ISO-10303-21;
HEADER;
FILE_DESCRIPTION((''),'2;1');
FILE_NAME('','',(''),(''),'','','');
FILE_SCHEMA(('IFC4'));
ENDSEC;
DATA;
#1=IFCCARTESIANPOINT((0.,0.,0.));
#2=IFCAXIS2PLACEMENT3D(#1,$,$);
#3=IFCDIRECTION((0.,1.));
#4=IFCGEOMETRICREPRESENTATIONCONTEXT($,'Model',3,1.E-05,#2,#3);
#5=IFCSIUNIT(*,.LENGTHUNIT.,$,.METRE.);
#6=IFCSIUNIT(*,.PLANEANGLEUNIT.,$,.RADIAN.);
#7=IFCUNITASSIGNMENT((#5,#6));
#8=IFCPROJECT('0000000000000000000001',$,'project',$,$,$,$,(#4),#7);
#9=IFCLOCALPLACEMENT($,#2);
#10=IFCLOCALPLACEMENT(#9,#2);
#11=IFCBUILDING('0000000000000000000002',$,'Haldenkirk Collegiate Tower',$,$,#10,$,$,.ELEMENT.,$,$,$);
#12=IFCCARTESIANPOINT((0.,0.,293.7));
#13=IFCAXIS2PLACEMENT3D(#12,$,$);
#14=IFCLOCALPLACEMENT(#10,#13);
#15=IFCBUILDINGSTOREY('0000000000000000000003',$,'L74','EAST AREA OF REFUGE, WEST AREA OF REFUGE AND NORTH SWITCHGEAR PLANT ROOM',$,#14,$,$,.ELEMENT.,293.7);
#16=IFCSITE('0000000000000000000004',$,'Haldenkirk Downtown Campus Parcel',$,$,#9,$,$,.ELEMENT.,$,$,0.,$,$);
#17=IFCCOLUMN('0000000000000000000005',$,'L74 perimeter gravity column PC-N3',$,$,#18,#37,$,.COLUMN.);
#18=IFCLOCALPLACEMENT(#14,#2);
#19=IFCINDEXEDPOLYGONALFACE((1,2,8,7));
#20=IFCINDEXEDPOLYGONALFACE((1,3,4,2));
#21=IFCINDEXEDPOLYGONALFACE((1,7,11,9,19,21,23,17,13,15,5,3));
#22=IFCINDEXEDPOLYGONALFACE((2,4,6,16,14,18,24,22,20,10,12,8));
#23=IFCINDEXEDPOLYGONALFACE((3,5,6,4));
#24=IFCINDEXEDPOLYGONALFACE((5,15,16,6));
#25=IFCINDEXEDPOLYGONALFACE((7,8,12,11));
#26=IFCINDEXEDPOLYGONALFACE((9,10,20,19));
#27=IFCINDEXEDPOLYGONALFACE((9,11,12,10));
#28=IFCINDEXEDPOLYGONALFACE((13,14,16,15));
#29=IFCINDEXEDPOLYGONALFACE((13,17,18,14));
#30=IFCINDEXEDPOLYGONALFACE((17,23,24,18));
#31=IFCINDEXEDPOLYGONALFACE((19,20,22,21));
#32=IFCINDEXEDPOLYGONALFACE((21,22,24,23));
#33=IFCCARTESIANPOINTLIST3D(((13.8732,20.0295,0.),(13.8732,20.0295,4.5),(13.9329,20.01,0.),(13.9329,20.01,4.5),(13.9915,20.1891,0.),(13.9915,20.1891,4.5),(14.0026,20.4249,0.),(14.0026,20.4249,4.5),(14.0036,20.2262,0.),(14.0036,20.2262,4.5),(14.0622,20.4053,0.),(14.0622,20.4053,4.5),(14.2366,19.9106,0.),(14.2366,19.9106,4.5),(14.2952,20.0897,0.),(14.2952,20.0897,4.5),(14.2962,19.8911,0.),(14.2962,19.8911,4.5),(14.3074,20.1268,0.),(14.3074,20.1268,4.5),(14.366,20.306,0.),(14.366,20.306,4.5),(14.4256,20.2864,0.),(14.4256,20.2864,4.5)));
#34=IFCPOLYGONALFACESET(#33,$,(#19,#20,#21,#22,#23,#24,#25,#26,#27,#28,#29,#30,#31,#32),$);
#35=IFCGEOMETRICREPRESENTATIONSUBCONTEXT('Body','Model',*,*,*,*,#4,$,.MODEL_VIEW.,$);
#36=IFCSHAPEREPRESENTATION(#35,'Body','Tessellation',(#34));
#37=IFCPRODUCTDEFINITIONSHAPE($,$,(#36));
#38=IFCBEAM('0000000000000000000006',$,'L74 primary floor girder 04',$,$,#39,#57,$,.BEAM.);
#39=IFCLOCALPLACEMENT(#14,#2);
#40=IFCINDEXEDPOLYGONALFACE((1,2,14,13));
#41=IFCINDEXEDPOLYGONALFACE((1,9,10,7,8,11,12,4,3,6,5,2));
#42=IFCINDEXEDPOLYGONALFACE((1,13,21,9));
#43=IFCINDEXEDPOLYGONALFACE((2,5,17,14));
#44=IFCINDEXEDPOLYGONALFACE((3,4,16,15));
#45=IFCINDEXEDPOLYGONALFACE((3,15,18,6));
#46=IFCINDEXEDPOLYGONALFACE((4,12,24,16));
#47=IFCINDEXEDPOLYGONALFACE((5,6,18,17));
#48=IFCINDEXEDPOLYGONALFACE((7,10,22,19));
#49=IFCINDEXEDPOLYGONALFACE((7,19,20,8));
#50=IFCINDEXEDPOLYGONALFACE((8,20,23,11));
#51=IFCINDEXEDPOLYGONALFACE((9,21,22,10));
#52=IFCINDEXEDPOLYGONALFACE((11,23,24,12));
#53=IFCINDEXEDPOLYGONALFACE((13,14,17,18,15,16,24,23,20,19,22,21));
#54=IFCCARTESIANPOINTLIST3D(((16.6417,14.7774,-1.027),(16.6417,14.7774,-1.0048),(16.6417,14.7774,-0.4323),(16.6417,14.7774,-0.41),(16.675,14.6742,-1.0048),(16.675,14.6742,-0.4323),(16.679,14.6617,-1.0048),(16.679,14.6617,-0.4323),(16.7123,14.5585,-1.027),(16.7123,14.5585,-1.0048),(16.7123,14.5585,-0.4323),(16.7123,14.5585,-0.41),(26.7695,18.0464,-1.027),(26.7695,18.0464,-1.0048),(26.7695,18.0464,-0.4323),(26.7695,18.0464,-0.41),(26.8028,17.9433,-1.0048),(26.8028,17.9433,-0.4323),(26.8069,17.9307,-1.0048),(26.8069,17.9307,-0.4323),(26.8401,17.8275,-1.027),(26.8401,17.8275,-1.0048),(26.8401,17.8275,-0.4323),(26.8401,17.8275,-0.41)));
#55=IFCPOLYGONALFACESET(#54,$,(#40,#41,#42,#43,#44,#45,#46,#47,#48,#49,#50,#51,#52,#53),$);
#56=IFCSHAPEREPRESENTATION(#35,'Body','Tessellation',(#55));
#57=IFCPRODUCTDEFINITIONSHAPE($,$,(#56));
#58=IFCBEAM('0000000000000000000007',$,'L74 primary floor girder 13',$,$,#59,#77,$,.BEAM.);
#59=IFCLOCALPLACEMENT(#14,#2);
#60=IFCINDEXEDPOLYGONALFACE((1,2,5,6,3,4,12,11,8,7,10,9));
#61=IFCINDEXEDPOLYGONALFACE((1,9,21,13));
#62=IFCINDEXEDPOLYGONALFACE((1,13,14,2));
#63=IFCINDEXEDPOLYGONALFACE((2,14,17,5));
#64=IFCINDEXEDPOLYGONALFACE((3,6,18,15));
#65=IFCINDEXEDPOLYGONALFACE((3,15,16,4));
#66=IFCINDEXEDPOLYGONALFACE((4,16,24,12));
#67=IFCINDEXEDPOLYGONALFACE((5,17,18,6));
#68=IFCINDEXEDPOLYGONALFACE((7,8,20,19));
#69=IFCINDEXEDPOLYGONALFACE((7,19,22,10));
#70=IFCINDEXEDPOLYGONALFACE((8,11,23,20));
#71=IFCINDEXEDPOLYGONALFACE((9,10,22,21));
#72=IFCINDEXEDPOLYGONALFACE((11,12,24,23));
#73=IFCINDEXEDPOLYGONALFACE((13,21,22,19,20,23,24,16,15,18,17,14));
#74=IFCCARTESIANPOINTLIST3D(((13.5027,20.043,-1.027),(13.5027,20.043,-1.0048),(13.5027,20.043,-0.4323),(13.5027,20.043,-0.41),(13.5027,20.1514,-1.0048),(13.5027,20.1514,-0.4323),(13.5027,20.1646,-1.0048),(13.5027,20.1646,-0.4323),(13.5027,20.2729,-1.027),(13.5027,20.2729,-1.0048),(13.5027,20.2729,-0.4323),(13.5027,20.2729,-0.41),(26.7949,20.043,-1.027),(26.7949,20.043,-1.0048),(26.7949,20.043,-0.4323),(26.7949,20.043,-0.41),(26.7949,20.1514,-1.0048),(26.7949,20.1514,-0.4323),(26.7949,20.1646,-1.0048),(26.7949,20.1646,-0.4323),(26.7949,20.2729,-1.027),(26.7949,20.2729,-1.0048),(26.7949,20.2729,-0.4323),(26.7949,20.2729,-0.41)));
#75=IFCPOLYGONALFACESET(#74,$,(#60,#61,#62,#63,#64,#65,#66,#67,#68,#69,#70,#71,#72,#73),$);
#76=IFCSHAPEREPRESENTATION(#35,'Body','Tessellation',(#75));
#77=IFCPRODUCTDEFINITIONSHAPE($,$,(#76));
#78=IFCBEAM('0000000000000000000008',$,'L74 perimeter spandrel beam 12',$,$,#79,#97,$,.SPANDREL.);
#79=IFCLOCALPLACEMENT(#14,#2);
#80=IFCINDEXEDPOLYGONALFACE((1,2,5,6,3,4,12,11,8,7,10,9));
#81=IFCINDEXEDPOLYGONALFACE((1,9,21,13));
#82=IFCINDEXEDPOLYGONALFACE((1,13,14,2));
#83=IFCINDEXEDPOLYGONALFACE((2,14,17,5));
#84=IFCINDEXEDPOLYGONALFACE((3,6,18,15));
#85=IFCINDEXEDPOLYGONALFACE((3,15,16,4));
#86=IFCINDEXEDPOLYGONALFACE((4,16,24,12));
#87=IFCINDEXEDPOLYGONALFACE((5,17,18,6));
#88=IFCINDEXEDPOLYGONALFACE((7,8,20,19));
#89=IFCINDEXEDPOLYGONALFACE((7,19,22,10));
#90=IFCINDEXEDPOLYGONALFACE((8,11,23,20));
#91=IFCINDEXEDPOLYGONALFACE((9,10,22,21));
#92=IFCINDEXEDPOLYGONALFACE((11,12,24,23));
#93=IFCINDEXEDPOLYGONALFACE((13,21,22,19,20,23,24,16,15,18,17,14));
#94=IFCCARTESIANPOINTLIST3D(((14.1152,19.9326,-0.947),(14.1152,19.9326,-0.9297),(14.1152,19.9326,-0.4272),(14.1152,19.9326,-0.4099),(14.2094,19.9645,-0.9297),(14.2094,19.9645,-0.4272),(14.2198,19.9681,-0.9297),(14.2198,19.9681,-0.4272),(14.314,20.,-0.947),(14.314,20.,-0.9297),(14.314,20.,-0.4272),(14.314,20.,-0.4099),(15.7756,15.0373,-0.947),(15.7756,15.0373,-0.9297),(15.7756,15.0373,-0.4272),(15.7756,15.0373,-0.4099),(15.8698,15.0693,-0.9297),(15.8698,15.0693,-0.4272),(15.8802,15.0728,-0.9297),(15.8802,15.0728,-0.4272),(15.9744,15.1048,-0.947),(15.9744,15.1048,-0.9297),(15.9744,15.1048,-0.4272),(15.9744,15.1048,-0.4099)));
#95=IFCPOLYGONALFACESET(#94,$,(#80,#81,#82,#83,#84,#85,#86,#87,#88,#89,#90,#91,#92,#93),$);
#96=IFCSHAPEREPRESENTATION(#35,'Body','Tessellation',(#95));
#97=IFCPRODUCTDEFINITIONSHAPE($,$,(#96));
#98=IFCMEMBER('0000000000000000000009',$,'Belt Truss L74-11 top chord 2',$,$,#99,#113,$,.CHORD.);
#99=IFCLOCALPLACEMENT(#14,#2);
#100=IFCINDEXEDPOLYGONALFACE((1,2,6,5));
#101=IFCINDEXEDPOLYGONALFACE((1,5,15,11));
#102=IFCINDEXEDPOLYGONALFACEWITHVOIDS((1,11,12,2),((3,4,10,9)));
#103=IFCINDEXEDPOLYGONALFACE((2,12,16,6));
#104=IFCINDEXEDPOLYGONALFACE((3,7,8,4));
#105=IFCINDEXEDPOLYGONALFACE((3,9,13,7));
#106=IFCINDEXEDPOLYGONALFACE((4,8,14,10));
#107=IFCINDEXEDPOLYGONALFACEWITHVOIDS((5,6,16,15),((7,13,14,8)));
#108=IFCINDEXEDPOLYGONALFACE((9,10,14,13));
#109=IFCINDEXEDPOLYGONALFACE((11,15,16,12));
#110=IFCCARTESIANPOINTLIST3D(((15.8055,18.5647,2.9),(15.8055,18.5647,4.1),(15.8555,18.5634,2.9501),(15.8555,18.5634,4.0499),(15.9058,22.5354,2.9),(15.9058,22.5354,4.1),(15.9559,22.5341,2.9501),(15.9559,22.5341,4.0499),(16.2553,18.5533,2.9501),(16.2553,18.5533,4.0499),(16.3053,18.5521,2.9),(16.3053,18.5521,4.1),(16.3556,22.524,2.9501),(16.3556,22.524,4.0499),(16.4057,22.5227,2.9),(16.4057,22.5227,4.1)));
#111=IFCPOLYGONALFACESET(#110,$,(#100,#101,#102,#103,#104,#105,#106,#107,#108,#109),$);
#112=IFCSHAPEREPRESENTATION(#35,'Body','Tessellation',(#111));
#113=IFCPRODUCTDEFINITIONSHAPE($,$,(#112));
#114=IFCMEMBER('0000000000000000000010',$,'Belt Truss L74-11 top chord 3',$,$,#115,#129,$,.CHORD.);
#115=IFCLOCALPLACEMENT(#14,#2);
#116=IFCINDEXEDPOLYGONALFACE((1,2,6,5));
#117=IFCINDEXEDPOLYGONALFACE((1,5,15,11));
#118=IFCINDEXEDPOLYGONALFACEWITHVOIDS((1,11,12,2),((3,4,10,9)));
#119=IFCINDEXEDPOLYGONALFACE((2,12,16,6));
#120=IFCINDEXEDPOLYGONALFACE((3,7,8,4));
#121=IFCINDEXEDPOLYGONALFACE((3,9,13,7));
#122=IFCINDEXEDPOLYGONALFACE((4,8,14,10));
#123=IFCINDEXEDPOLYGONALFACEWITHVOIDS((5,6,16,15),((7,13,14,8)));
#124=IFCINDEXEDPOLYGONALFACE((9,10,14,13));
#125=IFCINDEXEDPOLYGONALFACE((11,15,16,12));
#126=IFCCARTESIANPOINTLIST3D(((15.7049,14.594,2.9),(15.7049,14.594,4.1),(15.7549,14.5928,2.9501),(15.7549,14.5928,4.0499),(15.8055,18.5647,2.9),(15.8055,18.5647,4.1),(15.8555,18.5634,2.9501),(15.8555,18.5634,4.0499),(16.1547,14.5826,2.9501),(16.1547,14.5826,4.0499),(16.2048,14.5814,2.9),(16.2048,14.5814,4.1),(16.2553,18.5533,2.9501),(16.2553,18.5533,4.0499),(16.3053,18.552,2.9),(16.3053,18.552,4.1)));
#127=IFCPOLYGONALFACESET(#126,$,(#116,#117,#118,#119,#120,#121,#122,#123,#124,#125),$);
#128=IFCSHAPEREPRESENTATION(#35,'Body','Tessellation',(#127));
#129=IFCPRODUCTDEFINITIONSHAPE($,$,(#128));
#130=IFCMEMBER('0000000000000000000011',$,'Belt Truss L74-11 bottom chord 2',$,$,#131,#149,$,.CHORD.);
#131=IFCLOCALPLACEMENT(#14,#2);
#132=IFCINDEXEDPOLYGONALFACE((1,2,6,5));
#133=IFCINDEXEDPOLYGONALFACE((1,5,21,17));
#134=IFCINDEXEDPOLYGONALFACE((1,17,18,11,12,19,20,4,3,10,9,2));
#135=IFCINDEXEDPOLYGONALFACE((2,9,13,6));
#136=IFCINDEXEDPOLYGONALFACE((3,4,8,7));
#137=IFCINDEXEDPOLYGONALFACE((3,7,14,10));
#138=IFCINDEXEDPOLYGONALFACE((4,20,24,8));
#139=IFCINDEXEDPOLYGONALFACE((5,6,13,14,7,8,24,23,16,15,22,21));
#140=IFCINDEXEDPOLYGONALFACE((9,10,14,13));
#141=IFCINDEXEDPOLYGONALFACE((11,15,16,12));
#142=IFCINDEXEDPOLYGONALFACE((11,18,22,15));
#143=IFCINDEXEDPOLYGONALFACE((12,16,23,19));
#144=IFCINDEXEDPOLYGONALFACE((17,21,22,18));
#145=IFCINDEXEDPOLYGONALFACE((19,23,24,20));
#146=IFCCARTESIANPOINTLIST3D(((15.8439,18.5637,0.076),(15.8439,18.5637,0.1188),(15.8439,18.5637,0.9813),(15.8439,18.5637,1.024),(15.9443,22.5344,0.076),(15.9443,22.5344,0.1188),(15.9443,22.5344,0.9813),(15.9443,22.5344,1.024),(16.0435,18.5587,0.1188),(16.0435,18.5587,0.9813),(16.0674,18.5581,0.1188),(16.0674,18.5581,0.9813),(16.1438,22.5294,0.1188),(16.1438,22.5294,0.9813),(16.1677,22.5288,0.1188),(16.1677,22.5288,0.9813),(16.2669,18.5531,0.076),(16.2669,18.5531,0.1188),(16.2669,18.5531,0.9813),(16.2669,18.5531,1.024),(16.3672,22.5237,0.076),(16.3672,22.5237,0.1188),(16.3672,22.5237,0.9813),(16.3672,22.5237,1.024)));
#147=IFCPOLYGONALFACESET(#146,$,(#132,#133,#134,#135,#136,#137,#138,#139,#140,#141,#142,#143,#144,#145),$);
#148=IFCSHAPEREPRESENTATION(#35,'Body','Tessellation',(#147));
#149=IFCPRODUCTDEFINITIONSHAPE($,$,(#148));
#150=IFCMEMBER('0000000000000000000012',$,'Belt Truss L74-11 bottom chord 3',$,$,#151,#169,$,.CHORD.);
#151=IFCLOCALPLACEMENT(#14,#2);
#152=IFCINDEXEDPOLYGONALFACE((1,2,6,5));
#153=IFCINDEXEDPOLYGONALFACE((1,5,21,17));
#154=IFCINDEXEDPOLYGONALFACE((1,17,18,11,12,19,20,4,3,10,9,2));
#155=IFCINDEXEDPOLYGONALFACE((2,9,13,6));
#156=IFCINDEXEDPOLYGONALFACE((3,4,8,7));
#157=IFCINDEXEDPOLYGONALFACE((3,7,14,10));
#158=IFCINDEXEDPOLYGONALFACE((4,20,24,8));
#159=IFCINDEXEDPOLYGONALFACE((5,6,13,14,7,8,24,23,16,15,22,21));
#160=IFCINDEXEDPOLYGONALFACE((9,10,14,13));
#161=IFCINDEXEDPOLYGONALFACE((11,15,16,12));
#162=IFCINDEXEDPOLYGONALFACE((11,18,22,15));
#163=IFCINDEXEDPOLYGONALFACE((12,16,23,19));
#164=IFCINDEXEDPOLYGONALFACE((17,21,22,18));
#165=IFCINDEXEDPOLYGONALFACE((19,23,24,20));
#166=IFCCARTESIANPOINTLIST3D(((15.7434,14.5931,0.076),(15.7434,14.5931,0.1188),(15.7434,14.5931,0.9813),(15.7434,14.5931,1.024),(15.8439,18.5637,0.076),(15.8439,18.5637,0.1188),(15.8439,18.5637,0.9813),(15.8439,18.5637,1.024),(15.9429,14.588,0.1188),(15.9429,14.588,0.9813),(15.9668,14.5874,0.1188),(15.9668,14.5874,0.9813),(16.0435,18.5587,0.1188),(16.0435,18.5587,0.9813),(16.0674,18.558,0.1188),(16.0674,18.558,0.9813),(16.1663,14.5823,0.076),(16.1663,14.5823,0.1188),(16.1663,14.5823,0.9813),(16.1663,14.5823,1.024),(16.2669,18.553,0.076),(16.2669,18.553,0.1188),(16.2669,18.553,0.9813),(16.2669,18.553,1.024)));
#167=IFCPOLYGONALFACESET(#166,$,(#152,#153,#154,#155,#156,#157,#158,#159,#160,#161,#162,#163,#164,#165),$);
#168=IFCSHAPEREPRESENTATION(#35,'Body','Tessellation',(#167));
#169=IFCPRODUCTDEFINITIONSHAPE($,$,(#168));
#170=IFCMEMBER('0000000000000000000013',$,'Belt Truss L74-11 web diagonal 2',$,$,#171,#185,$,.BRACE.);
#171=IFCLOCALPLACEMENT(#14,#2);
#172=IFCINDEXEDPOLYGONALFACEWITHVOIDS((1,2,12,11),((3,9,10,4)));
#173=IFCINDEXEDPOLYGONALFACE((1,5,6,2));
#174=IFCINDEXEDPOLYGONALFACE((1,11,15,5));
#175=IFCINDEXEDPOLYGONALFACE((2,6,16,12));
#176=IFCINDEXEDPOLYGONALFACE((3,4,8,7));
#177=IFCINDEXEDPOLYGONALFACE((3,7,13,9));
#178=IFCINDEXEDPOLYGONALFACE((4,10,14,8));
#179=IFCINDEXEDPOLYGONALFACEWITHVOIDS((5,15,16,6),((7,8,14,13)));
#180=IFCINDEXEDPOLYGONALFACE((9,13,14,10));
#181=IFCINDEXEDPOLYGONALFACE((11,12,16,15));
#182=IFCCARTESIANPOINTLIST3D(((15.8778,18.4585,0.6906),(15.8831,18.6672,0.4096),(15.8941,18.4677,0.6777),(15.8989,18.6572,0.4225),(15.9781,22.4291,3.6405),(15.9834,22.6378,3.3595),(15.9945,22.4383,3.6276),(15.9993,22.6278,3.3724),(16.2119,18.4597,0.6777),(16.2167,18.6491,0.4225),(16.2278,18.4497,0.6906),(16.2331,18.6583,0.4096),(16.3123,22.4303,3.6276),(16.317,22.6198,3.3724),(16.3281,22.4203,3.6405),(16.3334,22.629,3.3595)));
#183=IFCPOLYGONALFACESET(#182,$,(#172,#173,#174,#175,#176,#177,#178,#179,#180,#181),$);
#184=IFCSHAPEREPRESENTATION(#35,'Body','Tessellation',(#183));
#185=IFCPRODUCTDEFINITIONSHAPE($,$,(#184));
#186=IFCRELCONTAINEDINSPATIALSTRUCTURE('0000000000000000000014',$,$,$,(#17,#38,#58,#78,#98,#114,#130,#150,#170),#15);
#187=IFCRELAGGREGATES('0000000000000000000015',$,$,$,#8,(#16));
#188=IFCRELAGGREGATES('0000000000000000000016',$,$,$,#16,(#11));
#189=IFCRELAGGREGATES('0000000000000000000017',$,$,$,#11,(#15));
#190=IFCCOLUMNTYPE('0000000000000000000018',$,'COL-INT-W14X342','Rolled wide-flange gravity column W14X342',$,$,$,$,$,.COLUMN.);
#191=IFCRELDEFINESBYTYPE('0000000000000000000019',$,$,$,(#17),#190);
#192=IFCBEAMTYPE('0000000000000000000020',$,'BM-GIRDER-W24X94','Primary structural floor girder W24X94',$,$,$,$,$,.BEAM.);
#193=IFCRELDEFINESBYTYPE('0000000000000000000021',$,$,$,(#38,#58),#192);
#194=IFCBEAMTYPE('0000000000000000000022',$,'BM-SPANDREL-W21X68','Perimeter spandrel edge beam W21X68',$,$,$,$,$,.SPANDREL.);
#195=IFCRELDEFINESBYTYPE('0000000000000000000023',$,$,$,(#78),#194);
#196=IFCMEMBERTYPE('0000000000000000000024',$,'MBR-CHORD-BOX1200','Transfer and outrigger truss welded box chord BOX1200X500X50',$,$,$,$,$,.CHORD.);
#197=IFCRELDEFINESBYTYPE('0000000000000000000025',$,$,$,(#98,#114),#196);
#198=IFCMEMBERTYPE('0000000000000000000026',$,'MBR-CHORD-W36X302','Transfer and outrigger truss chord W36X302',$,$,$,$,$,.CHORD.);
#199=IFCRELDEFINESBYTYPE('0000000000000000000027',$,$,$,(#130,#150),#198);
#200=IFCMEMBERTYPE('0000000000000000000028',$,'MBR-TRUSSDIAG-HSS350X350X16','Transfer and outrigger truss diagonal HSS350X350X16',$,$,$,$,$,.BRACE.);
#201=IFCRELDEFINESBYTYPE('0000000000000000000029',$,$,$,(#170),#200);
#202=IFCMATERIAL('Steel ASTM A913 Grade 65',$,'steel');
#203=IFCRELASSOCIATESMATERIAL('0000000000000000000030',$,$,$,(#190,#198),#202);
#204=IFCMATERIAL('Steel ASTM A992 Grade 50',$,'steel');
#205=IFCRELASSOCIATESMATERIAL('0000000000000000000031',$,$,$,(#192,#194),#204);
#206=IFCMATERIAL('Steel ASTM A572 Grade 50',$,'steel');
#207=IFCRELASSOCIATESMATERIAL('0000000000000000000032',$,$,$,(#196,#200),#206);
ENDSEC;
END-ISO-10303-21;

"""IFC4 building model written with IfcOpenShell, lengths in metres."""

from ifc_helpers import new_model, si_unit, direction, frame, origin, origin_2d, place, context, subcontext, project, spatial, hollow_rectangle, i_section, extrude, material, material_profile, profile_set, type_object, element, save


model = new_model("IFC4")

# Units and contexts
model_context = context("Model", 3, precision=1e-05, world=origin(), true_north=direction((0.0, 1.0)))
body_context = subcontext(model_context, "Body", "Model", "MODEL_VIEW")
ifc_project = project(units=[si_unit("LENGTHUNIT", "METRE"), si_unit("PLANEANGLEUNIT", "RADIAN")], contexts=[model_context])

# Site, building, storey
site_placement = place(None, origin())
site = spatial("IfcSite", under=ifc_project, at=site_placement, Name="Haldenkirk Downtown Campus Parcel", CompositionType="ELEMENT", RefElevation=0.0)
building_placement = place(site_placement, origin())
building = spatial("IfcBuilding", under=site, at=building_placement, Name="Haldenkirk Collegiate Tower", CompositionType="ELEMENT")
storey_placement = place(building_placement, frame((0.0, 0.0, 293.7)))
storey = spatial("IfcBuildingStorey", under=building, at=storey_placement, Name="L74", Description="EAST AREA OF REFUGE, WEST AREA OF REFUGE AND NORTH SWITCHGEAR PLANT ROOM", CompositionType="ELEMENT", Elevation=293.7)

# Column
ifc_material_1 = material(Name="Steel ASTM A913 Grade 65", Category="steel")
ifc_material_profile_1 = material_profile(ifc_material_1, i_section(OverallWidth=0.416, OverallDepth=0.4451, WebThickness=0.0391, FlangeThickness=0.0627, at=origin_2d()), Name="W14X342")
ifc_profile_set_1 = profile_set([ifc_material_profile_1], Name="Steel ASTM A913 Grade 65")
column_type = type_object("IfcColumnType", Name="COL-INT-W14X342", Description="Rolled wide-flange gravity column W14X342", PredefinedType="COLUMN", material=ifc_profile_set_1)
column_placement = place(storey_placement, frame((14.1494, 20.158, 0.0), z_axis=(0.0, 0.0, 1.0), x_axis=(0.311008, 0.950407, 0.0)))
element("IfcColumn", 1, at=column_placement, inside=storey, type_object=column_type, Name="L74 perimeter gravity column PC-N3", PredefinedType="COLUMN", context=body_context, shape_type="SweptSolid", body=[
    extrude(i_section(OverallWidth=0.416, OverallDepth=0.4451, WebThickness=0.0391, FlangeThickness=0.0627, at=origin_2d()), origin(), (0.0, 0.0, 1.0), 4.5),
])

# Beams
ifc_material_2 = material(Name="Steel ASTM A992 Grade 50", Category="steel")
ifc_material_profile_2 = material_profile(ifc_material_2, i_section(OverallWidth=0.23, OverallDepth=0.6169, WebThickness=0.0132, FlangeThickness=0.0222, at=origin_2d()), Name="W24X94")
ifc_profile_set_2 = profile_set([ifc_material_profile_2], Name="Steel ASTM A992 Grade 50")
beam_type_1 = type_object("IfcBeamType", Name="BM-GIRDER-W24X94", Description="Primary structural floor girder W24X94", PredefinedType="BEAM", material=ifc_profile_set_2)
beam_1_placement = place(storey_placement, frame((16.677, 14.668, -0.7185), z_axis=(0.951655, 0.30717, 0.0), x_axis=(-0.30717, 0.951655, 0.0)))
element("IfcBeam", 2, at=beam_1_placement, inside=storey, type_object=beam_type_1, Name="L74 primary floor girder 04", PredefinedType="BEAM", context=body_context, shape_type="SweptSolid", body=[
    extrude(i_section(OverallWidth=0.23, OverallDepth=0.6169, WebThickness=0.0132, FlangeThickness=0.0222, at=origin_2d()), origin(), (0.0, 0.0, 1.0), 10.6423),
])
beam_2_placement = place(storey_placement, frame((13.5027, 20.158, -0.7185), z_axis=(1.0, 0.0, 0.0), x_axis=(0.0, 1.0, 0.0)))
element("IfcBeam", 3, at=beam_2_placement, inside=storey, type_object=beam_type_1, Name="L74 primary floor girder 13", PredefinedType="BEAM", context=body_context, shape_type="SweptSolid", body=[
    extrude(i_section(OverallWidth=0.23, OverallDepth=0.6169, WebThickness=0.0132, FlangeThickness=0.0222, at=origin_2d()), origin(), (0.0, 0.0, 1.0), 13.2922),
])
ifc_material_profile_3 = material_profile(ifc_material_2, i_section(OverallWidth=0.21, OverallDepth=0.5371, WebThickness=0.011, FlangeThickness=0.0173, at=origin_2d()), Name="W21X68")
ifc_profile_set_3 = profile_set([ifc_material_profile_3], Name="Steel ASTM A992 Grade 50")
beam_type_2 = type_object("IfcBeamType", Name="BM-SPANDREL-W21X68", Description="Perimeter spandrel edge beam W21X68", PredefinedType="SPANDREL", material=ifc_profile_set_3)
beam_3_placement = place(storey_placement, frame((14.2146, 19.9663, -0.6785), z_axis=(0.321211, -0.947008, 0.0), x_axis=(0.947008, 0.321211, 0.0)))
element("IfcBeam", 4, at=beam_3_placement, inside=storey, type_object=beam_type_2, Name="L74 perimeter spandrel beam 12", PredefinedType="SPANDREL", context=body_context, shape_type="SweptSolid", body=[
    extrude(i_section(OverallWidth=0.21, OverallDepth=0.5371, WebThickness=0.011, FlangeThickness=0.0173, at=origin_2d()), origin(), (0.0, 0.0, 1.0), 5.1692),
])

# Members
ifc_material_3 = material(Name="Steel ASTM A572 Grade 50", Category="steel")
ifc_material_profile_4 = material_profile(ifc_material_3, hollow_rectangle(XDim=0.5, YDim=1.2, WallThickness=0.05, at=origin_2d()), Name="BOX1200X500X50")
ifc_profile_set_4 = profile_set([ifc_material_profile_4], Name="Steel ASTM A572 Grade 50")
member_type_1 = type_object("IfcMemberType", Name="MBR-CHORD-BOX1200", Description="Transfer and outrigger truss welded box chord BOX1200X500X50", PredefinedType="CHORD", material=ifc_profile_set_4)
for number, where, z_axis, x_axis, name in (
    (5, (16.1558, 22.5291, 3.5), (-0.025262, -0.999681, 0.0), (0.999681, -0.025262, 0.0), "Belt Truss L74-11 top chord 2"),
    (6, (16.0554, 18.5583, 3.5), (-0.025324, -0.999679, 0.0), (0.999679, -0.025324, 0.0), "Belt Truss L74-11 top chord 3"),
):
    element("IfcMember", number, at=place(storey_placement, frame(where, z_axis=z_axis, x_axis=x_axis)), inside=storey, type_object=member_type_1, Name=name, PredefinedType="CHORD", context=body_context, shape_type="SweptSolid", body=[
        extrude(hollow_rectangle(XDim=0.5, YDim=1.2, WallThickness=0.05, at=origin_2d()), origin(), (0.0, 0.0, 1.0), 3.9719),
    ])
ifc_material_profile_5 = material_profile(ifc_material_1, i_section(OverallWidth=0.4231, OverallDepth=0.948, WebThickness=0.0239, FlangeThickness=0.0427, at=origin_2d()), Name="W36X302")
ifc_profile_set_5 = profile_set([ifc_material_profile_5], Name="Steel ASTM A913 Grade 65")
member_type_2 = type_object("IfcMemberType", Name="MBR-CHORD-W36X302", Description="Transfer and outrigger truss chord W36X302", PredefinedType="CHORD", material=ifc_profile_set_5)
for number, where, z_axis, x_axis, name in (
    (7, (16.1558, 22.5291, 0.55), (-0.025262, -0.999681, 0.0), (0.999681, -0.025262, 0.0), "Belt Truss L74-11 bottom chord 2"),
    (8, (16.0554, 18.5583, 0.55), (-0.025324, -0.999679, 0.0), (0.999679, -0.025324, 0.0), "Belt Truss L74-11 bottom chord 3"),
):
    element("IfcMember", number, at=place(storey_placement, frame(where, z_axis=z_axis, x_axis=x_axis)), inside=storey, type_object=member_type_2, Name=name, PredefinedType="CHORD", context=body_context, shape_type="SweptSolid", body=[
        extrude(i_section(OverallWidth=0.4231, OverallDepth=0.948, WebThickness=0.0239, FlangeThickness=0.0427, at=origin_2d()), origin(), (0.0, 0.0, 1.0), 3.9719),
    ])
ifc_material_profile_6 = material_profile(ifc_material_3, hollow_rectangle(XDim=0.3501, YDim=0.3501, WallThickness=0.0161, at=origin_2d()), Name="HSS350X350X16")
ifc_profile_set_6 = profile_set([ifc_material_profile_6], Name="Steel ASTM A572 Grade 50")
member_type_3 = type_object("IfcMemberType", Name="MBR-TRUSSDIAG-HSS350X350X16", Description="Transfer and outrigger truss diagonal HSS350X350X16", PredefinedType="BRACE", material=ifc_profile_set_6)
for number, where, z_axis, x_axis, name in (
    (9, (16.1558, 22.5291, 3.5), (-0.020281, -0.802551, -0.596239), (0.999681, -0.025262, 0.0), "Belt Truss L74-11 web diagonal 2"),
):
    element("IfcMember", number, at=place(storey_placement, frame(where, z_axis=z_axis, x_axis=x_axis)), inside=storey, type_object=member_type_3, Name=name, PredefinedType="BRACE", context=body_context, shape_type="SweptSolid", body=[
        extrude(hollow_rectangle(XDim=0.3501, YDim=0.3501, WallThickness=0.0161, at=origin_2d()), origin(), (0.0, 0.0, 1.0), 4.9475),
    ])

save(model, "model.ifc")
